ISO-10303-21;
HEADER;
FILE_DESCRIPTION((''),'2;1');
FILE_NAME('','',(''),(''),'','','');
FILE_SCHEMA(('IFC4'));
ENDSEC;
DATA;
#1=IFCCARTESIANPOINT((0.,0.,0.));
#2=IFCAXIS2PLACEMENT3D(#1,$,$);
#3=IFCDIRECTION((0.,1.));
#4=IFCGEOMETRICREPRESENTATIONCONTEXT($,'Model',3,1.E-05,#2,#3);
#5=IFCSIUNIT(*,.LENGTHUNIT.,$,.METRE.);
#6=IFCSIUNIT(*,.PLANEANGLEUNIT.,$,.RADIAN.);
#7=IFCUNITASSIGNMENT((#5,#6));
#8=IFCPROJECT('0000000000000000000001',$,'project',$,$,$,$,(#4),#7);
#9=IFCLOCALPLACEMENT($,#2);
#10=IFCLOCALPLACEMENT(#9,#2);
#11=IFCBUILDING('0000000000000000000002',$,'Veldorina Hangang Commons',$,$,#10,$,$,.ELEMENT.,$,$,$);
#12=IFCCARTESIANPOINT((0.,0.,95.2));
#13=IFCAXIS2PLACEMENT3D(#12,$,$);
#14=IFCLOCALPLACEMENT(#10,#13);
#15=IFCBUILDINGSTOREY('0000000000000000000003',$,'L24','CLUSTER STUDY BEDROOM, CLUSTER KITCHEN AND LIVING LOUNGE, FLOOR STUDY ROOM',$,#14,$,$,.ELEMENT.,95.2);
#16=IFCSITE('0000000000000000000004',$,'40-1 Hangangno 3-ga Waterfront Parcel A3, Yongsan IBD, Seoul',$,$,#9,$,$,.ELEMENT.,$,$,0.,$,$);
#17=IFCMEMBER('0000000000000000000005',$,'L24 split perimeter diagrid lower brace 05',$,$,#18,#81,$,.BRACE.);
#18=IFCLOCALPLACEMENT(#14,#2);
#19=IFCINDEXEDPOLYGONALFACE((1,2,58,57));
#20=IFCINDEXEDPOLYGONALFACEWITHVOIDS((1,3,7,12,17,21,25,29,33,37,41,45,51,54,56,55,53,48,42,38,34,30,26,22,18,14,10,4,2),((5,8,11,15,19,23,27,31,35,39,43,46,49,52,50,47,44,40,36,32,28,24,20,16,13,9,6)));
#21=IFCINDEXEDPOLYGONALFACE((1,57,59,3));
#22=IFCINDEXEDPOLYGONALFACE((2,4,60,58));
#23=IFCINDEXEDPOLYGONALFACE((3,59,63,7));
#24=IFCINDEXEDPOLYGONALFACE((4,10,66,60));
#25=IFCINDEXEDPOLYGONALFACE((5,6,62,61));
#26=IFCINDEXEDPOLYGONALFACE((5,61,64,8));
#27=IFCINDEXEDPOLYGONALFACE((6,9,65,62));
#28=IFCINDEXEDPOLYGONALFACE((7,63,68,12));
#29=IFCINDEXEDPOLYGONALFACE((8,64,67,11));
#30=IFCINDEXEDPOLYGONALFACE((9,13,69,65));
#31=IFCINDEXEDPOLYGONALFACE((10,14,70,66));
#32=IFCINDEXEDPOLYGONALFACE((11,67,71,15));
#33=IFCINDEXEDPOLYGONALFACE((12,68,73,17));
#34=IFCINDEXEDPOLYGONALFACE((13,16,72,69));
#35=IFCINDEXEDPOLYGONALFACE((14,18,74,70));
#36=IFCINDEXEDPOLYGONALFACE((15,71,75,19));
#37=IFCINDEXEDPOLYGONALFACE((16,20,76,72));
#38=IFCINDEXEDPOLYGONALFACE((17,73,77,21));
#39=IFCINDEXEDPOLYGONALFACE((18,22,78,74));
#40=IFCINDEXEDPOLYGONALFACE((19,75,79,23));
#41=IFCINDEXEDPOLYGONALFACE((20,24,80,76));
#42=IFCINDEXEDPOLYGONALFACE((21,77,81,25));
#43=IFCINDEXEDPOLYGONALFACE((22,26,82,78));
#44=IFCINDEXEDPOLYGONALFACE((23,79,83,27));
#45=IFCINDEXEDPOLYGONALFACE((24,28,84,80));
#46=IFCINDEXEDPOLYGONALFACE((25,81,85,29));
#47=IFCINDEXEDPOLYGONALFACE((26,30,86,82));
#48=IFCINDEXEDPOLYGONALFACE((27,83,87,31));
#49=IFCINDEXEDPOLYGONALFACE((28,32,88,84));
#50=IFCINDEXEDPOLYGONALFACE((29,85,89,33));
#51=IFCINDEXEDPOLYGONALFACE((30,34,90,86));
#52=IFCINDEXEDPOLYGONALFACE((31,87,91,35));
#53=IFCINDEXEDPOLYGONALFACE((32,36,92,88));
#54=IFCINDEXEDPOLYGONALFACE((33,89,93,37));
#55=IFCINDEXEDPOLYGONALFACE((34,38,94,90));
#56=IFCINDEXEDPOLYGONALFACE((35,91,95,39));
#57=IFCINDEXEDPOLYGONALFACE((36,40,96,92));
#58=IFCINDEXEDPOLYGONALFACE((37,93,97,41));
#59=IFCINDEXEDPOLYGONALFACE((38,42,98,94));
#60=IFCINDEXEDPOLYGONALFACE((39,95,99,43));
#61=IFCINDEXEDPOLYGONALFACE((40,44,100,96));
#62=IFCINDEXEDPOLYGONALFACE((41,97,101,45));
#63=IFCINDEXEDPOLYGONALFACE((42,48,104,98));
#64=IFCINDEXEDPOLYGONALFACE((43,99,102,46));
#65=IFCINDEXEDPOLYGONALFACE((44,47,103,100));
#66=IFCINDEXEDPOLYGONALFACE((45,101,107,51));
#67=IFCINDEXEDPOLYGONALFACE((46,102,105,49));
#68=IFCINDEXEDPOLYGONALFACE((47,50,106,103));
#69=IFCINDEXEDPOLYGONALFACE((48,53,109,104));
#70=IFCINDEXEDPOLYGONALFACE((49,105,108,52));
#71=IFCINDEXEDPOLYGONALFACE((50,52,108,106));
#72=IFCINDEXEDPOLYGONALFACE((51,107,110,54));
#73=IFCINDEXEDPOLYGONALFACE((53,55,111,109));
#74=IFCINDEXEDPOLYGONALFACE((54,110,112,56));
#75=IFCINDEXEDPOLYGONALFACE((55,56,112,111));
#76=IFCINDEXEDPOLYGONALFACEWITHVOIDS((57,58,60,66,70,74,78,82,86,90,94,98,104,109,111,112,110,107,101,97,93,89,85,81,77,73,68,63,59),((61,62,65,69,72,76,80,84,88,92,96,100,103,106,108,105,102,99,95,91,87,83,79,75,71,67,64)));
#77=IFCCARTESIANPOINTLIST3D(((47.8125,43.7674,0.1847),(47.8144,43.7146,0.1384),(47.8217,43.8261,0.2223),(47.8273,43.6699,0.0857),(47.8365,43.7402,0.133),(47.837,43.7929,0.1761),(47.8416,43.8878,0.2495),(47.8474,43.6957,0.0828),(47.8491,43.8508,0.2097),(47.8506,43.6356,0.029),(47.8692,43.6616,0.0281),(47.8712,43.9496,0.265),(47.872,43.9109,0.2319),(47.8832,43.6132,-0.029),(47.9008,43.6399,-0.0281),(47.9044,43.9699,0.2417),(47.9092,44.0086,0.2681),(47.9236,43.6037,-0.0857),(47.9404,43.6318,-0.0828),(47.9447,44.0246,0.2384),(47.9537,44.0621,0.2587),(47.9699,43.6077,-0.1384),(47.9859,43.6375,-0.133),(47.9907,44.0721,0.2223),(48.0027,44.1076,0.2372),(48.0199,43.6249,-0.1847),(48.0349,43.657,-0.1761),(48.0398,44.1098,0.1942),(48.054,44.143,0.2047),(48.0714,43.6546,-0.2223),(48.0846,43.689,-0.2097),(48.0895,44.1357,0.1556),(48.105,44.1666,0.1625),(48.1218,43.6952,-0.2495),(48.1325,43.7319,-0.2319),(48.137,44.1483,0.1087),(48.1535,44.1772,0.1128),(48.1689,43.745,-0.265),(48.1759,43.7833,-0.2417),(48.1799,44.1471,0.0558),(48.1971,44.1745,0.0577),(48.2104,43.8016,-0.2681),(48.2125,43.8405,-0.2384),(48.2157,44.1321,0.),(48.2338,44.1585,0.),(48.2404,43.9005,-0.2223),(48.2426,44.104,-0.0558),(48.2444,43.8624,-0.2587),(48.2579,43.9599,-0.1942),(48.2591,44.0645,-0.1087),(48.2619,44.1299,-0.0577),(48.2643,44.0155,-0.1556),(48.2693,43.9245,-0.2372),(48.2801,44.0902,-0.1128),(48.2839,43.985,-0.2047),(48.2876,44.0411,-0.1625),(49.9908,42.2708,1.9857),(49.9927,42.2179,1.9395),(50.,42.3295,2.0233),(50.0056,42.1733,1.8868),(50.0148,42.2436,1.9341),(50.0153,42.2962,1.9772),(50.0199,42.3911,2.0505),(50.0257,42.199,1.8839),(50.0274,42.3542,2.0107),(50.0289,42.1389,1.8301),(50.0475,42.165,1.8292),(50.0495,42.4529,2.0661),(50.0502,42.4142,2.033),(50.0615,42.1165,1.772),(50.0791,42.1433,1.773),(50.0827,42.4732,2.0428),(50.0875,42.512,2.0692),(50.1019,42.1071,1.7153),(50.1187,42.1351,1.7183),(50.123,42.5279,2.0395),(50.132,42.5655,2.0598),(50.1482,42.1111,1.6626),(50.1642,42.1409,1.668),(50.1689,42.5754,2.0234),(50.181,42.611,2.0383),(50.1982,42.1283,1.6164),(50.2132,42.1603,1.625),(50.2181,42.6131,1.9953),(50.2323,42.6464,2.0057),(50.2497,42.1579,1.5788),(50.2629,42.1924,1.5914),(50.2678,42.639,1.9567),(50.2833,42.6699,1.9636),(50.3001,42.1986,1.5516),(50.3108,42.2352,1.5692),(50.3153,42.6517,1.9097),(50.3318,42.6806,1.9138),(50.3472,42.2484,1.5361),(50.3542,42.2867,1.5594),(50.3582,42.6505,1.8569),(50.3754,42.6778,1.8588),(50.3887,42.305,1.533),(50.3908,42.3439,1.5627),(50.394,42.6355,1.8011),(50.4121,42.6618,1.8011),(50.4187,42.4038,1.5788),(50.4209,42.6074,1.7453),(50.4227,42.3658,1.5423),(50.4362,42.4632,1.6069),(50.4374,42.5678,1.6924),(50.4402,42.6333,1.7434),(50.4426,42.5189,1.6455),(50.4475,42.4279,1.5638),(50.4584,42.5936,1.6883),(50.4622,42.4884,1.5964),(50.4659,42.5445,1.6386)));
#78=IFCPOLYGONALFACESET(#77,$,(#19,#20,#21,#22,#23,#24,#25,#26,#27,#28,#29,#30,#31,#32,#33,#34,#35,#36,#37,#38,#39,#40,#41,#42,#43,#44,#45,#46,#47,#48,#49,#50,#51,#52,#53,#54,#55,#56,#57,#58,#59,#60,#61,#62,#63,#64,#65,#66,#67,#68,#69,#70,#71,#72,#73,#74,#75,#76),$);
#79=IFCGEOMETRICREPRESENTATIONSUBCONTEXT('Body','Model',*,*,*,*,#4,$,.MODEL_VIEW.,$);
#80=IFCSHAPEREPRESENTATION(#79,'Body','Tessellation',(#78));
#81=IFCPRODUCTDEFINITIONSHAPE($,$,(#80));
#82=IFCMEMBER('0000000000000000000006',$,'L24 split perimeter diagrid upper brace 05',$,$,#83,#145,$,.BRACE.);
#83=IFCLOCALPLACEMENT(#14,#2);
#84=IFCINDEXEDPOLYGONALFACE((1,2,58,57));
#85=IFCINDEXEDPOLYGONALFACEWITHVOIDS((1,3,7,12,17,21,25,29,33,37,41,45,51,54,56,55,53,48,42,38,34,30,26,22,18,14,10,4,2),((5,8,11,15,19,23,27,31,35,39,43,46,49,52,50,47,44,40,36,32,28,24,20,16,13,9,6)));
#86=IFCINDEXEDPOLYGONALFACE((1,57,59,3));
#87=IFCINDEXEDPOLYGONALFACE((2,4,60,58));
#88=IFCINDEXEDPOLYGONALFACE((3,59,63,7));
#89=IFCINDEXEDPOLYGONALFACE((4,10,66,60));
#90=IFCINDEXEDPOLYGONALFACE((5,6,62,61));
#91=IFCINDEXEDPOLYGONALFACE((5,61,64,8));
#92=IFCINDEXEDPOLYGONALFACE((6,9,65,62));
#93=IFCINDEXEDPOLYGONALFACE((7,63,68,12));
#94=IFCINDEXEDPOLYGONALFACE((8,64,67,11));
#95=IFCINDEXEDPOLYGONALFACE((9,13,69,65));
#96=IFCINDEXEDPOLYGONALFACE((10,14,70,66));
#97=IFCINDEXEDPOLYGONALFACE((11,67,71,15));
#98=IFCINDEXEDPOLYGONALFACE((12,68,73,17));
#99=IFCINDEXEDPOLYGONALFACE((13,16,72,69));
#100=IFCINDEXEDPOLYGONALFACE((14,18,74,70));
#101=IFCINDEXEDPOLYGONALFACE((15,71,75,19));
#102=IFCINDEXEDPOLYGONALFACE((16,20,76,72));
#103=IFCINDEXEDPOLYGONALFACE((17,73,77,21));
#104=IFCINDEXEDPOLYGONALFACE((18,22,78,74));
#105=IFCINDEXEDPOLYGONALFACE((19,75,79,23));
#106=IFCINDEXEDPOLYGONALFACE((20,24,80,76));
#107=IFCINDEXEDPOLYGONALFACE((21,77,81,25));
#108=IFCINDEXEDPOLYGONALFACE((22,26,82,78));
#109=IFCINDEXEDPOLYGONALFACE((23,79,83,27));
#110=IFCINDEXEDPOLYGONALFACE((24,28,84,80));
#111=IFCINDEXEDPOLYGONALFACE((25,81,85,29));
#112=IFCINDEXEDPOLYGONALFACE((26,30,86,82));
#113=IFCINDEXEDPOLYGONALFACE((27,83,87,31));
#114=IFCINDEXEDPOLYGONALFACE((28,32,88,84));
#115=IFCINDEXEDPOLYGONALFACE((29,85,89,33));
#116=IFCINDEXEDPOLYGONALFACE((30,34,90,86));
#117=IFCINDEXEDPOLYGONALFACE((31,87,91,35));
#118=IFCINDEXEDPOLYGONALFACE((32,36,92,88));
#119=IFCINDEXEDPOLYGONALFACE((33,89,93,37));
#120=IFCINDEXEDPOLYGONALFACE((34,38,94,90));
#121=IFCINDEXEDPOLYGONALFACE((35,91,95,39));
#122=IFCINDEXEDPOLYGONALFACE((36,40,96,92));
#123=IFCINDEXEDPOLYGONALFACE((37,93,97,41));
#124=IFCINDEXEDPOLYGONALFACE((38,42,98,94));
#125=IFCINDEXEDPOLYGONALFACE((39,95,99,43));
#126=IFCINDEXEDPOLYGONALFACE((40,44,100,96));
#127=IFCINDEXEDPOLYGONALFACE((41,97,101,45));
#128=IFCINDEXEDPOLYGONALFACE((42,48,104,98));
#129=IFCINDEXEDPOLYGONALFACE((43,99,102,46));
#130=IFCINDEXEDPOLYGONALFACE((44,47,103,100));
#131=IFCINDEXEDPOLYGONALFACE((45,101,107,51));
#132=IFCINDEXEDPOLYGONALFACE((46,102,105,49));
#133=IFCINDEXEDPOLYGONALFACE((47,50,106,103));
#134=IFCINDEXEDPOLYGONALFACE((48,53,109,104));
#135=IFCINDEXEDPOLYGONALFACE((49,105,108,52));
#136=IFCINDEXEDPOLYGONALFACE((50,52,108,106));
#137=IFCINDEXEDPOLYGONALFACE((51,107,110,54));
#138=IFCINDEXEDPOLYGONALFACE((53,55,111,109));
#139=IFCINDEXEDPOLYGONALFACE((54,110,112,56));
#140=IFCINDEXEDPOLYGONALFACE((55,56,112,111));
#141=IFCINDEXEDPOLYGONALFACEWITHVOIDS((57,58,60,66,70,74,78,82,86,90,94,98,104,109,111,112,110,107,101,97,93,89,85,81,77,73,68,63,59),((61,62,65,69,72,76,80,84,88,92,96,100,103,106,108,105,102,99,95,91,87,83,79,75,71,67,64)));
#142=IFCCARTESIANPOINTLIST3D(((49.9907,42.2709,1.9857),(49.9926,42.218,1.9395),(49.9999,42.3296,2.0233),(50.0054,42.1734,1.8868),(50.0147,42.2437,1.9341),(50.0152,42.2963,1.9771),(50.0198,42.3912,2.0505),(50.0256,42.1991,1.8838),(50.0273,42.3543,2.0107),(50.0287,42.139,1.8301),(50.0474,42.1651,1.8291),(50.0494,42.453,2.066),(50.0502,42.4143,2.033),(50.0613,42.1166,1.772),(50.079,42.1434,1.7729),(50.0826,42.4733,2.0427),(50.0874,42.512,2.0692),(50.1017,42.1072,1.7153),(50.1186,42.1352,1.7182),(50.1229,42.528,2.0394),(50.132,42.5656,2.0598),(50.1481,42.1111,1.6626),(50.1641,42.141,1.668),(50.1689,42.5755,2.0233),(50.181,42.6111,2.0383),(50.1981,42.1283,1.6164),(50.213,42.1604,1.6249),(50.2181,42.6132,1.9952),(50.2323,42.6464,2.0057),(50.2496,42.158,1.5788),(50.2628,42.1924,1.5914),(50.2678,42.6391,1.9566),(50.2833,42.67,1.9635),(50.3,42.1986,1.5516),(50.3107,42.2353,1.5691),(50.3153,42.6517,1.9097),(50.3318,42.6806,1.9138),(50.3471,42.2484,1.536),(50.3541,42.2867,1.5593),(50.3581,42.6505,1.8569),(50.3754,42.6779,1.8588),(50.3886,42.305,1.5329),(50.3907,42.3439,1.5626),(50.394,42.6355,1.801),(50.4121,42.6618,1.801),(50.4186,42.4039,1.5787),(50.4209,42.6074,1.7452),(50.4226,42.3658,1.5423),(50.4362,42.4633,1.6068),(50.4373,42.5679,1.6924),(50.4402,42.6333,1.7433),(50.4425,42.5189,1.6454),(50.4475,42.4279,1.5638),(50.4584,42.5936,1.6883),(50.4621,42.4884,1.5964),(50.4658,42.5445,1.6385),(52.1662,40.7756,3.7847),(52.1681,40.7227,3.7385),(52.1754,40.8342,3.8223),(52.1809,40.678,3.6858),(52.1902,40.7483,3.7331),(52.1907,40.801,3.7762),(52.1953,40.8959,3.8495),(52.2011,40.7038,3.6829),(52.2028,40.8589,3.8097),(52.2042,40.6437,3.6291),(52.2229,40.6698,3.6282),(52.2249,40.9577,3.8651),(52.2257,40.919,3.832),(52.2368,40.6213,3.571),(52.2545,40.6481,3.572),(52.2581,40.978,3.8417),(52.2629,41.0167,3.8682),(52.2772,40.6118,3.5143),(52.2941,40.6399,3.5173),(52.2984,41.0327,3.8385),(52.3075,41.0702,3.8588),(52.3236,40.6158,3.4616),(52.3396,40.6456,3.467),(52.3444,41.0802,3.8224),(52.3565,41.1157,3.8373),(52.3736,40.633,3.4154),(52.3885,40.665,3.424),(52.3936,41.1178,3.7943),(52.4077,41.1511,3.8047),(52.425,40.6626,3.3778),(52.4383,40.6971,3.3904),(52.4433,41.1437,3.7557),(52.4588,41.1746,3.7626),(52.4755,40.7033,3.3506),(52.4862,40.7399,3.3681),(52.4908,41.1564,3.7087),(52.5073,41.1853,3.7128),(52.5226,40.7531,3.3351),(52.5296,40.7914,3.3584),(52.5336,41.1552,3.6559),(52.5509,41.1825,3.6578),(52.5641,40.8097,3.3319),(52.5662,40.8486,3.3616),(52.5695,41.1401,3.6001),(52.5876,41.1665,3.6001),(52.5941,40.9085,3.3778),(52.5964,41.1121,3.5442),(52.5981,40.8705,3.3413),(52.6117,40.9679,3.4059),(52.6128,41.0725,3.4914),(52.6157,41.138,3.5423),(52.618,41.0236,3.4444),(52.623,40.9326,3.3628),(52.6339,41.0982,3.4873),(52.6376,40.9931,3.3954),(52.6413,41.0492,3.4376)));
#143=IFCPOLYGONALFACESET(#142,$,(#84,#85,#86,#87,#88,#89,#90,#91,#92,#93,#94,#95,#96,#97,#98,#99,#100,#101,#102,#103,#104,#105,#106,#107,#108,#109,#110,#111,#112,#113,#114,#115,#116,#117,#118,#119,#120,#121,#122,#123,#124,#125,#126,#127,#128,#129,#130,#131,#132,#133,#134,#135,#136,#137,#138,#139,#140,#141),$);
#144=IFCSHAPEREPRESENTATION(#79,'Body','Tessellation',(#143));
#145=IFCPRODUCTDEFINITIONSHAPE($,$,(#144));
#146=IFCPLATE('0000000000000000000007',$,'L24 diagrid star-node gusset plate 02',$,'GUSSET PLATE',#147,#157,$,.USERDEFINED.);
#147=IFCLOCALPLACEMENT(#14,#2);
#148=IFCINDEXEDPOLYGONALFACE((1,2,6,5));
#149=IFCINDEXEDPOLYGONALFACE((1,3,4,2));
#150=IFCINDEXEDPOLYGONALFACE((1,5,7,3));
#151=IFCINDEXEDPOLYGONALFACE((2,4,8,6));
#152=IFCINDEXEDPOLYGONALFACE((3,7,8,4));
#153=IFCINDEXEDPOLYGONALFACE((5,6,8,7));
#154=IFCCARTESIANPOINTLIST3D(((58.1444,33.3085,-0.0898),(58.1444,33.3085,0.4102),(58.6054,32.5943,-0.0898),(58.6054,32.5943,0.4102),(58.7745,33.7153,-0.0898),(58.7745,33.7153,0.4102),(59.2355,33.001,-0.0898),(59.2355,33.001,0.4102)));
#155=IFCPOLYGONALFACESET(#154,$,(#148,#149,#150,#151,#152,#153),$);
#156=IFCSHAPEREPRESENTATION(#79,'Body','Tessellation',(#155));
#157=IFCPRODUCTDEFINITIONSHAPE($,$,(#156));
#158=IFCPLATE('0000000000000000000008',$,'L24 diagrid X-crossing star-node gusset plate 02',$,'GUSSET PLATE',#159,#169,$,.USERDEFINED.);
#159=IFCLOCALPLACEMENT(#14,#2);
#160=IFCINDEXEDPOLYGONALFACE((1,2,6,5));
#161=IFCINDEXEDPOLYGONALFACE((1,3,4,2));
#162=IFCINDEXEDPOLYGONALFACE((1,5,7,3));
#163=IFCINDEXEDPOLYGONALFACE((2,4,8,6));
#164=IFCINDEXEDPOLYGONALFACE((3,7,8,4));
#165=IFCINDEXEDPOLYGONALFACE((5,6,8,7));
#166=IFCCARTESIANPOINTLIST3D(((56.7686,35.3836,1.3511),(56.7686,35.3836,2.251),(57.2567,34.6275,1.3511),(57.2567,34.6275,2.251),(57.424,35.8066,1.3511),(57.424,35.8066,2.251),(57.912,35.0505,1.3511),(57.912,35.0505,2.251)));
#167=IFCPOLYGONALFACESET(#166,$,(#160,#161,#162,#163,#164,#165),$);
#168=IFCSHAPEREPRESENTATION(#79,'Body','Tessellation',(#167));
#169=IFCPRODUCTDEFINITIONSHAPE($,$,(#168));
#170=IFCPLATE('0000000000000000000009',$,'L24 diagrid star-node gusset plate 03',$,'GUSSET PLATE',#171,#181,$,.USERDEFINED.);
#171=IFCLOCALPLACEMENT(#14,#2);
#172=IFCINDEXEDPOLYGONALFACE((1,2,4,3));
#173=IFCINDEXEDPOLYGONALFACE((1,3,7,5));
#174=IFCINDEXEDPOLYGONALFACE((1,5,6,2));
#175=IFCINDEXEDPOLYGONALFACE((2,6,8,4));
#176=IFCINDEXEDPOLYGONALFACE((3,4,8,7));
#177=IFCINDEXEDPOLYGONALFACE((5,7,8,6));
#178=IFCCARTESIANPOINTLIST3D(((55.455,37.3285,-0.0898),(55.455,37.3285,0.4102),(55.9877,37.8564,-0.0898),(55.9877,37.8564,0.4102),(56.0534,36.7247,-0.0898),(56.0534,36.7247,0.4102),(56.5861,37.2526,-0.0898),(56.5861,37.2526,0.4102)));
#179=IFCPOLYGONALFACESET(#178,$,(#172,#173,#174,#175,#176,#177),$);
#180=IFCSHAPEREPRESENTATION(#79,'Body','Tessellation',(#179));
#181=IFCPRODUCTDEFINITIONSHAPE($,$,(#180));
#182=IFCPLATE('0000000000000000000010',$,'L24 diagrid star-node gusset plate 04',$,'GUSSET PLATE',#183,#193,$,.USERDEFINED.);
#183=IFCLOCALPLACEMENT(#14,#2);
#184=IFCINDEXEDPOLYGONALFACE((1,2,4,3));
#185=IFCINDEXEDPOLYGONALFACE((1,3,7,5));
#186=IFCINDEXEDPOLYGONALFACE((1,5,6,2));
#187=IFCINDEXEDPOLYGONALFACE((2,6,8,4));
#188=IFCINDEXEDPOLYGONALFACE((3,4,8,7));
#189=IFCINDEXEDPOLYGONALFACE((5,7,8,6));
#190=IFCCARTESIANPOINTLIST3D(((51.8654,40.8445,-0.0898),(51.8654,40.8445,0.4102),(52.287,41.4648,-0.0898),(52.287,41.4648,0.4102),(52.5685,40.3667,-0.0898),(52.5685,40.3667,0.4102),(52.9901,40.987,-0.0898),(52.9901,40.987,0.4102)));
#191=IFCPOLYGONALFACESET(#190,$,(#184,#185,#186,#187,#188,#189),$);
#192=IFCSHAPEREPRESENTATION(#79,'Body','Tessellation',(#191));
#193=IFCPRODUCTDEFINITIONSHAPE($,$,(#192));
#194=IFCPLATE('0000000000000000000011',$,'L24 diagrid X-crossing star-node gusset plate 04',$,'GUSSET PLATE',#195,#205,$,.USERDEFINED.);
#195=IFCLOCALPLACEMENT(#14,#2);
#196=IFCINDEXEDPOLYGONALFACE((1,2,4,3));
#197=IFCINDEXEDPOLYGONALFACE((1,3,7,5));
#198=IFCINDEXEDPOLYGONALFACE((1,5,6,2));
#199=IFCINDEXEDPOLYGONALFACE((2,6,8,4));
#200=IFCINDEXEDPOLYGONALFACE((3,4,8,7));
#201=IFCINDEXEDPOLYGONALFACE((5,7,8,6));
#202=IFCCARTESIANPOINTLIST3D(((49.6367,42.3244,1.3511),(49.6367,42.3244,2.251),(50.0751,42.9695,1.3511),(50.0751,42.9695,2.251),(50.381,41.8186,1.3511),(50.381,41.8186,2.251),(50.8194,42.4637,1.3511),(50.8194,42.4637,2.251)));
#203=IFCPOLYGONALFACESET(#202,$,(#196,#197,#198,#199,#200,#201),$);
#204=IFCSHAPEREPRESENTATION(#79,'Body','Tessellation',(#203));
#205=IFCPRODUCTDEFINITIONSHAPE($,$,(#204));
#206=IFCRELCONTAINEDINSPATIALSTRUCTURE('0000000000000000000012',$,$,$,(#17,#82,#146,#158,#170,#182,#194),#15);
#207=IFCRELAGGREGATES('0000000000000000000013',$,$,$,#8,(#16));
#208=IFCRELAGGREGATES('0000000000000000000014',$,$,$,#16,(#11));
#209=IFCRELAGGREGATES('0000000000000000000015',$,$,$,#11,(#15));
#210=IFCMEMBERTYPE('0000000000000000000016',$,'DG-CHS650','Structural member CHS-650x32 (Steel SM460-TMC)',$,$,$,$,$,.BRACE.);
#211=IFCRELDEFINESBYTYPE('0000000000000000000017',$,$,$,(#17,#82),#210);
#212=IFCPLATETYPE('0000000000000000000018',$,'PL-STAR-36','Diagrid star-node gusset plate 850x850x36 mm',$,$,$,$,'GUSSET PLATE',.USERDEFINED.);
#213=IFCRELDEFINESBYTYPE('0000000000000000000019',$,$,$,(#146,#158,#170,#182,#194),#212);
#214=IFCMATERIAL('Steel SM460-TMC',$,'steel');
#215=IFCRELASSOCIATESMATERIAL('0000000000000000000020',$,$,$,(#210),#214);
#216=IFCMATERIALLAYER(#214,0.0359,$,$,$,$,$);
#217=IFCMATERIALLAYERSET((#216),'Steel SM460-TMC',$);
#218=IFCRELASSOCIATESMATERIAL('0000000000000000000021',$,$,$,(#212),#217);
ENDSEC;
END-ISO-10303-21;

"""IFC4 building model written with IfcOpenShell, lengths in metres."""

from ifc_helpers import new_model, si_unit, direction, frame, origin, origin_2d, place, context, subcontext, project, spatial, rectangle, hollow_circle, extrude, material, layer, layer_set, material_profile, profile_set, type_object, element, save


model = new_model("IFC4")

# Units and contexts
model_context = context("Model", 3, precision=1e-05, world=origin(), true_north=direction((0.0, 1.0)))
body_context = subcontext(model_context, "Body", "Model", "MODEL_VIEW")
ifc_project = project(units=[si_unit("LENGTHUNIT", "METRE"), si_unit("PLANEANGLEUNIT", "RADIAN")], contexts=[model_context])

# Site, building, storey
site_placement = place(None, origin())
site = spatial("IfcSite", under=ifc_project, at=site_placement, Name="40-1 Hangangno 3-ga Waterfront Parcel A3, Yongsan IBD, Seoul", CompositionType="ELEMENT", RefElevation=0.0)
building_placement = place(site_placement, origin())
building = spatial("IfcBuilding", under=site, at=building_placement, Name="Veldorina Hangang Commons", CompositionType="ELEMENT")
storey_placement = place(building_placement, frame((0.0, 0.0, 95.2)))
storey = spatial("IfcBuildingStorey", under=building, at=storey_placement, Name="L24", Description="CLUSTER STUDY BEDROOM, CLUSTER KITCHEN AND LIVING LOUNGE, FLOOR STUDY ROOM", CompositionType="ELEMENT", Elevation=95.2)

# Members
ifc_material_1 = material(Name="Steel SM460-TMC", Category="steel")
ifc_material_profile_1 = material_profile(ifc_material_1, hollow_circle(Radius=0.325, WallThickness=0.032, at=origin_2d()), Name="CHS-650x32")
ifc_profile_set_1 = profile_set([ifc_material_profile_1], Name="Steel SM460-TMC")
member_type = type_object("IfcMemberType", Name="DG-CHS650", Description="Structural member CHS-650x32 (Steel SM460-TMC)", PredefinedType="BRACE", material=ifc_profile_set_1)
member_1_placement = place(storey_placement, frame((48.0498, 43.8906, 0.0), z_axis=(0.68109, -0.467954, 0.563148), x_axis=(0.566286, 0.824209, 0.0)))
element("IfcMember", 1, at=member_1_placement, inside=storey, type_object=member_type, Name="L24 split perimeter diagrid lower brace 05", PredefinedType="BRACE", context=body_context, shape_type="SweptSolid", body=[
    extrude(hollow_circle(Radius=0.325, WallThickness=0.032, at=origin_2d()), origin(), (0.0, 0.0, 1.0), 3.1982),
])
member_2_placement = place(storey_placement, frame((50.228, 42.394, 1.801), z_axis=(0.680996, -0.468084, 0.563153), x_axis=(0.566446, 0.824099, 0.0)))
element("IfcMember", 2, at=member_2_placement, inside=storey, type_object=member_type, Name="L24 split perimeter diagrid upper brace 05", PredefinedType="BRACE", context=body_context, shape_type="SweptSolid", body=[
    extrude(hollow_circle(Radius=0.325, WallThickness=0.032, at=origin_2d()), origin(), (0.0, 0.0, 1.0), 3.1946),
])

# Plates
ifc_layer_1 = layer(ifc_material_1, 0.0359)
ifc_layer_set_1 = layer_set([ifc_layer_1], Name="Steel SM460-TMC")
plate_type = type_object("IfcPlateType", Name="PL-STAR-36", Description="Diagrid star-node gusset plate 850x850x36 mm", ElementType="GUSSET PLATE", PredefinedType="USERDEFINED", material=ifc_layer_set_1)
plate_1_placement = place(storey_placement, frame((58.6899, 33.1548, -0.0898), z_axis=(0.0, 0.0, 1.0), x_axis=(-0.54231, 0.840179, 0.0)))
element("IfcPlate", 3, at=plate_1_placement, inside=storey, type_object=plate_type, Name="L24 diagrid star-node gusset plate 02", ObjectType="GUSSET PLATE", PredefinedType="USERDEFINED", context=body_context, shape_type="SweptSolid", body=[
    extrude(rectangle(XDim=0.8501, YDim=0.75, at=origin_2d()), origin(), (0.0, 0.0, 1.0), 0.5),
])
plate_2_placement = place(storey_placement, frame((57.3403, 35.217, 1.3511), z_axis=(0.0, 0.0, 1.0), x_axis=(-0.54231, 0.840179, 0.0)))
element("IfcPlate", 4, at=plate_2_placement, inside=storey, type_object=plate_type, Name="L24 diagrid X-crossing star-node gusset plate 02", ObjectType="GUSSET PLATE", PredefinedType="USERDEFINED", context=body_context, shape_type="SweptSolid", body=[
    extrude(rectangle(XDim=0.8999, YDim=0.78, at=origin_2d()), origin(), (0.0, 0.0, 1.0), 0.8999),
])
for number, where, z_axis, x_axis, name in (
    (5, (56.0205, 37.2905, -0.0898), (0.0, 0.0, 1.0), (-0.703928, 0.710271, 0.0), "L24 diagrid star-node gusset plate 03"),
    (6, (52.4277, 40.9158, -0.0898), (0.0, 0.0, 1.0), (-0.82709, 0.562069, 0.0), "L24 diagrid star-node gusset plate 04"),
):
    element("IfcPlate", number, at=place(storey_placement, frame(where, z_axis=z_axis, x_axis=x_axis)), inside=storey, type_object=plate_type, Name=name, ObjectType="GUSSET PLATE", PredefinedType="USERDEFINED", context=body_context, shape_type="SweptSolid", body=[
        extrude(rectangle(XDim=0.8501, YDim=0.75, at=origin_2d()), origin(), (0.0, 0.0, 1.0), 0.5),
    ])
plate_3_placement = place(storey_placement, frame((50.228, 42.394, 1.3511), z_axis=(0.0, 0.0, 1.0), x_axis=(-0.82709, 0.562069, 0.0)))
element("IfcPlate", 7, at=plate_3_placement, inside=storey, type_object=plate_type, Name="L24 diagrid X-crossing star-node gusset plate 04", ObjectType="GUSSET PLATE", PredefinedType="USERDEFINED", context=body_context, shape_type="SweptSolid", body=[
    extrude(rectangle(XDim=0.8999, YDim=0.78, at=origin_2d()), origin(), (0.0, 0.0, 1.0), 0.8999),
])

save(model, "model.ifc")
